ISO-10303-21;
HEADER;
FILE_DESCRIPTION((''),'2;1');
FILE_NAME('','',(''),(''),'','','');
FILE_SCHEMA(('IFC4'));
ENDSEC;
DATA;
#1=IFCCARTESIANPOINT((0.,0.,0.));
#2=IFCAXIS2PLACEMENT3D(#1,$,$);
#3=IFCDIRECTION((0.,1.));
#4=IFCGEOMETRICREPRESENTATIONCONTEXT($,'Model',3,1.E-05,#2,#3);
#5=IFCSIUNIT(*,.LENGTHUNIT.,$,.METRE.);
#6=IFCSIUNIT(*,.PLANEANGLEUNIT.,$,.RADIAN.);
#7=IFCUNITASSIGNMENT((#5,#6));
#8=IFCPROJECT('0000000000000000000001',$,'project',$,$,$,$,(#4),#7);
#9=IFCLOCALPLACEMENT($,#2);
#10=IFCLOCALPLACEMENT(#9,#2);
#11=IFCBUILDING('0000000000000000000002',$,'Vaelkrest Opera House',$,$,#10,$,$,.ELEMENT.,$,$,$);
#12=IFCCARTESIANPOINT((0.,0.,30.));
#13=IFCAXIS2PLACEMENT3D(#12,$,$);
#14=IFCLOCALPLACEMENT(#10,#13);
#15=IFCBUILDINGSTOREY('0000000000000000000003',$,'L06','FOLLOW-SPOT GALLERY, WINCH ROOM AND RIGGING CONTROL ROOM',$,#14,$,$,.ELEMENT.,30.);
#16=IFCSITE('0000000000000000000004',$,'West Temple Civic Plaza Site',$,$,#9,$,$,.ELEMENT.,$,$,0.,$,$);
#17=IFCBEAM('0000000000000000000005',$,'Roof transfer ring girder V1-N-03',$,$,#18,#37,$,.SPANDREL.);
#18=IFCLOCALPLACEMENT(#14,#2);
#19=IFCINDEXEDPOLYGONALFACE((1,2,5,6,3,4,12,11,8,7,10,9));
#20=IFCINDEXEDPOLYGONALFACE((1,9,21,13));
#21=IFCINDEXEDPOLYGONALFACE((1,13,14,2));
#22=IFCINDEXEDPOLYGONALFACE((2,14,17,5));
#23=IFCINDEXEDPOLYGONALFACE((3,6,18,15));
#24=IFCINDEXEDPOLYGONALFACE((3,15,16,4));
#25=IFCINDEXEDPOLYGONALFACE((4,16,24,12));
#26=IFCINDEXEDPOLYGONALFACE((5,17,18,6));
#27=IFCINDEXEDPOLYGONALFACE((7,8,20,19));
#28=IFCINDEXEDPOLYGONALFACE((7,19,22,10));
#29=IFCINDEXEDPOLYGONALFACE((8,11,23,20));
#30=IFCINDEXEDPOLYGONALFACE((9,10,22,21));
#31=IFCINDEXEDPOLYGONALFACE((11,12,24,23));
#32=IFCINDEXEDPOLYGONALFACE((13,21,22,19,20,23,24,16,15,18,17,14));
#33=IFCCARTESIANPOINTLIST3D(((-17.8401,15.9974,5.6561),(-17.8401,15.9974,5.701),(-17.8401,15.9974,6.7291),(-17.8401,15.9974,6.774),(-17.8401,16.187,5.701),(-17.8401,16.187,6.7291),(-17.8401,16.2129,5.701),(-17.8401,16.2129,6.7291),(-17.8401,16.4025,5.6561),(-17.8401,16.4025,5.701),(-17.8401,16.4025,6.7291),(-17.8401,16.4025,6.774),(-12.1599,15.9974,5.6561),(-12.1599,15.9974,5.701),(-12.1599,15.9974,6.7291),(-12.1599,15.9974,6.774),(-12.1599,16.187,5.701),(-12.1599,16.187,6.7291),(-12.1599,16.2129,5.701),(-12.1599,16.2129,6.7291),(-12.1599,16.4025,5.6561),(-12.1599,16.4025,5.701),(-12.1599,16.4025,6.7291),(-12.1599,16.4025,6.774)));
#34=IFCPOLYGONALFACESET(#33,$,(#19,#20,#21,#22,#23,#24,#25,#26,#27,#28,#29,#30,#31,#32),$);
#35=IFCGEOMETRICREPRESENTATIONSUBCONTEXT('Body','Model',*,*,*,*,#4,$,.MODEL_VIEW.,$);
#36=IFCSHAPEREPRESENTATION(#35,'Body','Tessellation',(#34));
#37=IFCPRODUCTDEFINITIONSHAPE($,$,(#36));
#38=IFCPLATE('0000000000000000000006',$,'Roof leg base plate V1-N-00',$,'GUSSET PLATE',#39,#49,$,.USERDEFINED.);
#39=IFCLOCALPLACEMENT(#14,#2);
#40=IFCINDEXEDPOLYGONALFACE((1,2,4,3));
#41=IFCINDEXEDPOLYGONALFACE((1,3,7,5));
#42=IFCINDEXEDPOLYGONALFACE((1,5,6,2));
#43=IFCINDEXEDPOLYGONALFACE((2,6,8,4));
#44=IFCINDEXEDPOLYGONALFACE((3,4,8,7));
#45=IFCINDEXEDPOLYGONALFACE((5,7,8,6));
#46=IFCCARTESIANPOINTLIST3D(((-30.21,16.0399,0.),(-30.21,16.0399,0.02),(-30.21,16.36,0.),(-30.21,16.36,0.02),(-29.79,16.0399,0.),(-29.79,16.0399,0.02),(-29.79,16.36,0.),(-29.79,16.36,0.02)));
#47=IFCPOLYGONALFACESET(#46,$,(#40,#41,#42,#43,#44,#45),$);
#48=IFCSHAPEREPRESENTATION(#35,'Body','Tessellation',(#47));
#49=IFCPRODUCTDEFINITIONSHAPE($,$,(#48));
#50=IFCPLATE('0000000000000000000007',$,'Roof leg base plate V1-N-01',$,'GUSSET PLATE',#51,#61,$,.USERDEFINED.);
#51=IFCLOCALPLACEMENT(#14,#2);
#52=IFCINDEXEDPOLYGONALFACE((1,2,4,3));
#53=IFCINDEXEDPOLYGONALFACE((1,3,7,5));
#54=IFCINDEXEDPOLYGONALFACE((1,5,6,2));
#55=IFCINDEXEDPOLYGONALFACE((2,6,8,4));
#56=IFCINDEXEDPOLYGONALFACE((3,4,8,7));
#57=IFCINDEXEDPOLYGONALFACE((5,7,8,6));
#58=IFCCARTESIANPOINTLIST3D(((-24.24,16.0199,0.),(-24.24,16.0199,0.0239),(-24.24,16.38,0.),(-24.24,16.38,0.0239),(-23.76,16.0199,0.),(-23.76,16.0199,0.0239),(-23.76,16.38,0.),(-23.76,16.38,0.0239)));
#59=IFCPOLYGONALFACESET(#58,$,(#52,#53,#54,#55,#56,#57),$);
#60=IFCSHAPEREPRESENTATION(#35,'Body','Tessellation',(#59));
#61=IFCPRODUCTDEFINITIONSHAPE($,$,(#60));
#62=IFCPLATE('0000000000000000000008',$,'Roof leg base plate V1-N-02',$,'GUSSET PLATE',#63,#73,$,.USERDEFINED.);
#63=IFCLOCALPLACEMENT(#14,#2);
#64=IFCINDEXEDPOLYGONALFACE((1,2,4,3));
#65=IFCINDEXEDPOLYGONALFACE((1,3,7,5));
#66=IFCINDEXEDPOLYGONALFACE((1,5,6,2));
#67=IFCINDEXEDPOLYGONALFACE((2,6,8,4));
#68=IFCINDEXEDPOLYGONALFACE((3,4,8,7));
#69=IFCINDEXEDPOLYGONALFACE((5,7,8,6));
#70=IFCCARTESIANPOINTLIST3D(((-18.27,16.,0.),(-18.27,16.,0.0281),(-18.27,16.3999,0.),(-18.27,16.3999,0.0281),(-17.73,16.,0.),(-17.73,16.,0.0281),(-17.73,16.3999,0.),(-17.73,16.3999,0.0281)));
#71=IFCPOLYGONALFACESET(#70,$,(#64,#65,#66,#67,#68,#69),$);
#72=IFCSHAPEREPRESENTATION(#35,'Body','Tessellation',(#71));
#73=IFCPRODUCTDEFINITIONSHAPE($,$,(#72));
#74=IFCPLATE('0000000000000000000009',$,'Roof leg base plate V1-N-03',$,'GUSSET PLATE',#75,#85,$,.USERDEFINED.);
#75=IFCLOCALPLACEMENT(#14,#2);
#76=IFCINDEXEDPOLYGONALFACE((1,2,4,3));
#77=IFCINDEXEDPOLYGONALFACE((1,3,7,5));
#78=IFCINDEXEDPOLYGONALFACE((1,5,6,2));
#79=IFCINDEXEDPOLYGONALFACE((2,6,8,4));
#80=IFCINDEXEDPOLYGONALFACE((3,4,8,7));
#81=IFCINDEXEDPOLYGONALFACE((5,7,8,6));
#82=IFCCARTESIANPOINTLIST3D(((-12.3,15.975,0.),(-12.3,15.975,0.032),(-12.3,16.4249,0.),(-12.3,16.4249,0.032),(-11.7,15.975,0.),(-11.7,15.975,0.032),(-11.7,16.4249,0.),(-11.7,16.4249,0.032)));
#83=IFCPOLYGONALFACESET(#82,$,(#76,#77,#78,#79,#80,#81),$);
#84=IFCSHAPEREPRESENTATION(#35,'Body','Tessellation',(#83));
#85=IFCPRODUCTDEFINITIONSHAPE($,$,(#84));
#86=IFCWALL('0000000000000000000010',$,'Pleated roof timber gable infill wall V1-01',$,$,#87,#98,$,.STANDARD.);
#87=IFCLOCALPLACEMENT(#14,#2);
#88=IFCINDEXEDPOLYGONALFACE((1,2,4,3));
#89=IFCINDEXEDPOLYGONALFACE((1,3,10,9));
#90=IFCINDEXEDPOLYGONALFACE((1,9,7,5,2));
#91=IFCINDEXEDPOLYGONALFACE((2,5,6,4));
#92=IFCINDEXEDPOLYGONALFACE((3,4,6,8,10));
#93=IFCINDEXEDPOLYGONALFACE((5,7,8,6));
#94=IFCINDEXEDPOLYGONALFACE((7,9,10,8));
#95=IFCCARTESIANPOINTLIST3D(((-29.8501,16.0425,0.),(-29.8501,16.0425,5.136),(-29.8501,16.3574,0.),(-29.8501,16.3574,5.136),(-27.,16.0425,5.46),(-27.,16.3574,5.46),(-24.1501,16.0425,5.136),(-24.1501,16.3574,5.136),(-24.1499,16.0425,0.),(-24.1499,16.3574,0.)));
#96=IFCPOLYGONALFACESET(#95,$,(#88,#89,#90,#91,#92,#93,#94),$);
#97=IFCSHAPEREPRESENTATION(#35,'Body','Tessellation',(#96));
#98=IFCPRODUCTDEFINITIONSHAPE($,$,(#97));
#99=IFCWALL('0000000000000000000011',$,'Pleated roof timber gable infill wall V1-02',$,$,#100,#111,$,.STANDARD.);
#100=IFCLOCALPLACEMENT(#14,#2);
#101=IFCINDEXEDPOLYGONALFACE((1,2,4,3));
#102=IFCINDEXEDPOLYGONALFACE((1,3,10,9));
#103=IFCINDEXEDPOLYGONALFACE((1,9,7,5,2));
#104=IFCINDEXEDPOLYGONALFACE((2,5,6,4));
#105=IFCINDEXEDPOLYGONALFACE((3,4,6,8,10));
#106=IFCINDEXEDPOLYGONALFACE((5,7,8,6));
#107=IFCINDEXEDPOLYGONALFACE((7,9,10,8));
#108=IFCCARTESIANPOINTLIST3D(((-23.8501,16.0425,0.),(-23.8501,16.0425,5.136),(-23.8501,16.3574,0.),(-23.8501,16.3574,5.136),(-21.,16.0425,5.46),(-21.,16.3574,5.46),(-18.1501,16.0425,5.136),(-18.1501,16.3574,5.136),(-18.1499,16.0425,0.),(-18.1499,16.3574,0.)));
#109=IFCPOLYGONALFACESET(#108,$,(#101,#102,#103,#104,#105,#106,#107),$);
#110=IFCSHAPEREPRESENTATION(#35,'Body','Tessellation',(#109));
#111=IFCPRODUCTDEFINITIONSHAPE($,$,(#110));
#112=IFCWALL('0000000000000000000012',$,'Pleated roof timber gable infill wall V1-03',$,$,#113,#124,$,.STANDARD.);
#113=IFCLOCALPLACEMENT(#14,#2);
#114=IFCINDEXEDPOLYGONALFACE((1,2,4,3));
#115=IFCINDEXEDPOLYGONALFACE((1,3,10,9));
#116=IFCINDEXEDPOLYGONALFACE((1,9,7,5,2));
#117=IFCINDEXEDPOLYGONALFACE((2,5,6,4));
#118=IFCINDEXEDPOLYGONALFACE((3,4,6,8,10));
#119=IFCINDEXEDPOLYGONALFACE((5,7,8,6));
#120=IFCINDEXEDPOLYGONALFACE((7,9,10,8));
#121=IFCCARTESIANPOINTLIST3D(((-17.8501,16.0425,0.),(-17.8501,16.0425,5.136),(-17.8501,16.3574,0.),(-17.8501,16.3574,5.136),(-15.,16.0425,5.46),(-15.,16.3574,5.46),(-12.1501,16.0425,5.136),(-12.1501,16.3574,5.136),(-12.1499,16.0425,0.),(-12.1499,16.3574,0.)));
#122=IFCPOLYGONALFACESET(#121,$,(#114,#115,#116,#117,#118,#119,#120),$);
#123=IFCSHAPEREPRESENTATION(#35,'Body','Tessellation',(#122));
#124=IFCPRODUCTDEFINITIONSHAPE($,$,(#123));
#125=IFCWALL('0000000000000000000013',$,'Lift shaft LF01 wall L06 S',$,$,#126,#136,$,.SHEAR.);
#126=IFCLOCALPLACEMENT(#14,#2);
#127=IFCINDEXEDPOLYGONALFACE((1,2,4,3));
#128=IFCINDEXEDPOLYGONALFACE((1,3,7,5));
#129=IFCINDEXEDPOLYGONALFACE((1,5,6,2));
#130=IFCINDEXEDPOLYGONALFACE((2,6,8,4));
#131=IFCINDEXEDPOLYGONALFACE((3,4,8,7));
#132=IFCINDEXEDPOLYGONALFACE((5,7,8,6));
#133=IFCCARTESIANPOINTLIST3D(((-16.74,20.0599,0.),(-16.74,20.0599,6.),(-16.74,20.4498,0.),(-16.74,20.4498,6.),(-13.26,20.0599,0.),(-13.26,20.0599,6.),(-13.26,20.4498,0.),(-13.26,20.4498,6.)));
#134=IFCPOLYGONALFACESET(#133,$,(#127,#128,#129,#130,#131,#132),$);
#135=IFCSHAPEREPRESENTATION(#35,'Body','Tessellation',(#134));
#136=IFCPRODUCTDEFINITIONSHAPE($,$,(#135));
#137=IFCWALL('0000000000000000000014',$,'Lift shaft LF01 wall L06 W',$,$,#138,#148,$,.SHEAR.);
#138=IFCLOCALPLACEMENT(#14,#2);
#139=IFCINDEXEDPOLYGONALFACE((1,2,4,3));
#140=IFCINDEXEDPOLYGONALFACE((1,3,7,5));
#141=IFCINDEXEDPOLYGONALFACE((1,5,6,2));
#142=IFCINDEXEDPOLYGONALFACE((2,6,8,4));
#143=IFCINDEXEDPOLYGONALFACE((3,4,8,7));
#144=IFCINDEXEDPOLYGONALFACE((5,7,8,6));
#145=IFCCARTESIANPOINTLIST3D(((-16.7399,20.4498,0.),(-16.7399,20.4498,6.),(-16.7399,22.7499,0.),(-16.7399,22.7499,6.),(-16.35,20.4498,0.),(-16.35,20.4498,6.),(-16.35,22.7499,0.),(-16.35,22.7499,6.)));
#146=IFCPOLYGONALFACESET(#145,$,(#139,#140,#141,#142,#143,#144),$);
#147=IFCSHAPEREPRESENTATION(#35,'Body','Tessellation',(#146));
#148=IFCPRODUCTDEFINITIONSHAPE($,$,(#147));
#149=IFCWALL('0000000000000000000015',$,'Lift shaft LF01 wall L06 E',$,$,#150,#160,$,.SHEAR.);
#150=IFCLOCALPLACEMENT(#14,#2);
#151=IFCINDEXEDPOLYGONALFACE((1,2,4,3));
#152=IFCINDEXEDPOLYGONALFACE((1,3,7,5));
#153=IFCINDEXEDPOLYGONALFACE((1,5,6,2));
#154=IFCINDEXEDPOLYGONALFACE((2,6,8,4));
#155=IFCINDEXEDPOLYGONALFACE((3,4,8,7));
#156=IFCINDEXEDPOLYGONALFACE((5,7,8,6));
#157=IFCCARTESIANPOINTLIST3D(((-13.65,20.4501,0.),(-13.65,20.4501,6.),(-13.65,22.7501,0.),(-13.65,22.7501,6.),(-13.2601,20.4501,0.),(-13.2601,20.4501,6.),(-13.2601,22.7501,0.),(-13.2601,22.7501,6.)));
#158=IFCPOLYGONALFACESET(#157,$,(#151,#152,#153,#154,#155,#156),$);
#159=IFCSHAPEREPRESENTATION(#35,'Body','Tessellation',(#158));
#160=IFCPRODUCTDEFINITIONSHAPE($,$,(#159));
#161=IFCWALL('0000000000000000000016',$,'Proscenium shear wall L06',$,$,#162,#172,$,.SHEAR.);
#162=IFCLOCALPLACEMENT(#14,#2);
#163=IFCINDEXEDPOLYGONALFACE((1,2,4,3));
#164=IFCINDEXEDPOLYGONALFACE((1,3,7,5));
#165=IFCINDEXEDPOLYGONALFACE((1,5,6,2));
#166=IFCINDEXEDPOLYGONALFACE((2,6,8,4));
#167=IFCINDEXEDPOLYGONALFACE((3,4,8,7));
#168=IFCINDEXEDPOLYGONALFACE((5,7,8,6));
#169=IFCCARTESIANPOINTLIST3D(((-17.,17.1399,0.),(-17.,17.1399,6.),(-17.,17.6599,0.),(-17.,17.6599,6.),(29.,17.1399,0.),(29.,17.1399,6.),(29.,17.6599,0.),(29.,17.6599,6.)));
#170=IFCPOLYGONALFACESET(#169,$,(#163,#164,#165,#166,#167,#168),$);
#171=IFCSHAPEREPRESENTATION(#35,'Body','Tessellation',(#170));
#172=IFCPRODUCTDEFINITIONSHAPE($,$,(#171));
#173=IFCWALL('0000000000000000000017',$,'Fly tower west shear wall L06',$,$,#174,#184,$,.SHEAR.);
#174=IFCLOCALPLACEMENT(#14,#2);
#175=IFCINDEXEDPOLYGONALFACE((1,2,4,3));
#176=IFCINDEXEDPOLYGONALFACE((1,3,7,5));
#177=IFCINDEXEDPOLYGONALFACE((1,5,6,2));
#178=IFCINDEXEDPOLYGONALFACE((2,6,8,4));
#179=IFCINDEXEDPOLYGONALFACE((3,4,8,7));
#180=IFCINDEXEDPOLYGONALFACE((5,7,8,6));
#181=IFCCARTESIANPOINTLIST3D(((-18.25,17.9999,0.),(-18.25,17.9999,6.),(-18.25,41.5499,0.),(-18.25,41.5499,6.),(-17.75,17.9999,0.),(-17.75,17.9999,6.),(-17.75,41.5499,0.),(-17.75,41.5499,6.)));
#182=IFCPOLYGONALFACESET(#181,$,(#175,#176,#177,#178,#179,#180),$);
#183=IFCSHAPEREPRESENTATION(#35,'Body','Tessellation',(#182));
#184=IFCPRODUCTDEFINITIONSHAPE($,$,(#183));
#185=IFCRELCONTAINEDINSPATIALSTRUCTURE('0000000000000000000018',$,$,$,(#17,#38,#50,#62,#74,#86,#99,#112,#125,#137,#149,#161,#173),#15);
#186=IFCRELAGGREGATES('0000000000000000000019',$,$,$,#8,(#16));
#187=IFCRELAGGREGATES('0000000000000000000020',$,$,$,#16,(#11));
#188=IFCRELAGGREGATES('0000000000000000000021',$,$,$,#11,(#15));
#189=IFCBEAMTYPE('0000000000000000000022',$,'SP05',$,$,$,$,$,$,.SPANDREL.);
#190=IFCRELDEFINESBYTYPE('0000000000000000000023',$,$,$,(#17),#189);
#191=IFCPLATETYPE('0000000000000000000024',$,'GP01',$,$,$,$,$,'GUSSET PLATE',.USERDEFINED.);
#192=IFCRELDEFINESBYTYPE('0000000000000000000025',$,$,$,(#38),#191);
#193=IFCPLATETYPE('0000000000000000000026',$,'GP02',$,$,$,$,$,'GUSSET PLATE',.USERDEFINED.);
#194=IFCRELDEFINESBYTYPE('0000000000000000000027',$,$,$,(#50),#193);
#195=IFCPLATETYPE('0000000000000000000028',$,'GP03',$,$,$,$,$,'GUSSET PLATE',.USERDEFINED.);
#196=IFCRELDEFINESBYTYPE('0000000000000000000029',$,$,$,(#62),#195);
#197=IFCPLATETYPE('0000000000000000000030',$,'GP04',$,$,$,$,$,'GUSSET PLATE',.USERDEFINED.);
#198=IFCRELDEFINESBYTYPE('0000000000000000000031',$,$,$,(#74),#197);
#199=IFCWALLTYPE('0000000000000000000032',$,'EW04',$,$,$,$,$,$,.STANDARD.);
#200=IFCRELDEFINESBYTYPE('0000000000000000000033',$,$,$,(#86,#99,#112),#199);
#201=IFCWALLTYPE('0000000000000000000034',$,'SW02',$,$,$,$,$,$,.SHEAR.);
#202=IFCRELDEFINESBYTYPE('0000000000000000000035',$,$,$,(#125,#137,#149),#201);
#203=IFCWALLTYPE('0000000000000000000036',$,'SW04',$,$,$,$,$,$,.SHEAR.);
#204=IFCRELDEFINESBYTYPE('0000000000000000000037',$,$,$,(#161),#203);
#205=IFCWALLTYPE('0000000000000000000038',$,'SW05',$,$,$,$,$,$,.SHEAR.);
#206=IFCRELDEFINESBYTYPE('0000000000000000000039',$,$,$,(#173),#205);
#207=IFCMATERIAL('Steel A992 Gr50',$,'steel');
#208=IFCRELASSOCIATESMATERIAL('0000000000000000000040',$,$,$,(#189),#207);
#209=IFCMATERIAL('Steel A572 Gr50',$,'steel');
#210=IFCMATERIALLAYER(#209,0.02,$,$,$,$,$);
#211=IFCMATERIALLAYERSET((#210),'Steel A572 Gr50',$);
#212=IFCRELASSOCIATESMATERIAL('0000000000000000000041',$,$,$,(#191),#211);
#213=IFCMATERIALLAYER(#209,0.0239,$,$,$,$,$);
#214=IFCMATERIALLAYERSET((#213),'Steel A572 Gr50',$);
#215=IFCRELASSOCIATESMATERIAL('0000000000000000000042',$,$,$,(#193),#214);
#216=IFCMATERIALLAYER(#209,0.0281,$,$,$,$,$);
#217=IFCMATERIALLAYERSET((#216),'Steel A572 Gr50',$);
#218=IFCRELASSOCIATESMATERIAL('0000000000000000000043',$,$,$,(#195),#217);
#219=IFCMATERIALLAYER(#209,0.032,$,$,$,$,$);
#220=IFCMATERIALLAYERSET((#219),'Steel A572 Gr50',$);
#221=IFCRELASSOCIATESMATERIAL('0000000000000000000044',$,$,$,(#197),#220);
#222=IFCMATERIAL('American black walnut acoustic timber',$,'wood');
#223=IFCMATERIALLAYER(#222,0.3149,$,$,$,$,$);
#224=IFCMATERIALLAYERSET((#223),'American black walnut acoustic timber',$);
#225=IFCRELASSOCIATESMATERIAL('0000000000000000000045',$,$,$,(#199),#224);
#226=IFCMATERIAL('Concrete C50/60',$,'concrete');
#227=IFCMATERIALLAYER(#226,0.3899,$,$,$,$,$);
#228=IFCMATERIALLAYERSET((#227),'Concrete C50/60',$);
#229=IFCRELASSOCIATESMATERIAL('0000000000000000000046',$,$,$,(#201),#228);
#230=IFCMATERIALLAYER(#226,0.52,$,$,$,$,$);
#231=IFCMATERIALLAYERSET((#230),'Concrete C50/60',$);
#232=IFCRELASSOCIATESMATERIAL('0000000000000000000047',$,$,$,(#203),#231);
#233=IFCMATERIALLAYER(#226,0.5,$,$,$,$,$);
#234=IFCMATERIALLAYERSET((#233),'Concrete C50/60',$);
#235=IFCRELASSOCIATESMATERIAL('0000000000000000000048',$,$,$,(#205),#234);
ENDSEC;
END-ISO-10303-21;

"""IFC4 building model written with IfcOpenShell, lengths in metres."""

from ifc_helpers import new_model, si_unit, direction, frame, frame_2d, origin, origin_2d, place, context, subcontext, project, spatial, polyline, rectangle, i_section, outline, extrude, material, layer, layer_set, material_profile, profile_set, type_object, element, save


model = new_model("IFC4")

# Units and contexts
model_context = context("Model", 3, precision=1e-05, world=origin(), true_north=direction((0.0, 1.0)))
body_context = subcontext(model_context, "Body", "Model", "MODEL_VIEW")
ifc_project = project(units=[si_unit("LENGTHUNIT", "METRE"), si_unit("PLANEANGLEUNIT", "RADIAN")], contexts=[model_context])

# Site, building, storey
site_placement = place(None, origin())
site = spatial("IfcSite", under=ifc_project, at=site_placement, Name="West Temple Civic Plaza Site", CompositionType="ELEMENT", RefElevation=0.0)
building_placement = place(site_placement, origin())
building = spatial("IfcBuilding", under=site, at=building_placement, Name="Vaelkrest Opera House", CompositionType="ELEMENT")
storey_placement = place(building_placement, frame((0.0, 0.0, 30.0)))
storey = spatial("IfcBuildingStorey", under=building, at=storey_placement, Name="L06", Description="FOLLOW-SPOT GALLERY, WINCH ROOM AND RIGGING CONTROL ROOM", CompositionType="ELEMENT", Elevation=30.0)

# Shared definitions
ifc_material_1 = material(Name="Concrete C50/60", Category="concrete")

# Beam
ifc_material_2 = material(Name="Steel A992 Gr50", Category="steel")
ifc_material_profile_1 = material_profile(ifc_material_2, i_section(OverallWidth=0.405, OverallDepth=1.1179, WebThickness=0.0259, FlangeThickness=0.0449, at=origin_2d()), Name="W44X335")
ifc_profile_set_1 = profile_set([ifc_material_profile_1], Name="Steel A992 Gr50")
beam_type_1 = type_object("IfcBeamType", Name="SP05", PredefinedType="SPANDREL", material=ifc_profile_set_1)
for number, where, z_axis, x_axis, name in (
    (1, (-17.8401, 16.2, 6.2151), (1.0, 0.0, 0.0), (0.0, 1.0, 0.0), "Roof transfer ring girder V1-N-03"),
):
    element("IfcBeam", number, at=place(storey_placement, frame(where, z_axis=z_axis, x_axis=x_axis)), inside=storey, type_object=beam_type_1, Name=name, PredefinedType="SPANDREL", context=body_context, shape_type="SweptSolid", body=[
        extrude(i_section(OverallWidth=0.405, OverallDepth=1.1179, WebThickness=0.0259, FlangeThickness=0.0449, at=origin_2d()), origin(), (0.0, 0.0, 1.0), 5.6802),
    ])

# Plates
ifc_material_3 = material(Name="Steel A572 Gr50", Category="steel")
ifc_layer_1 = layer(ifc_material_3, 0.02)
ifc_layer_set_1 = layer_set([ifc_layer_1], Name="Steel A572 Gr50")
plate_type_1 = type_object("IfcPlateType", Name="GP01", ElementType="GUSSET PLATE", PredefinedType="USERDEFINED", material=ifc_layer_set_1)
plate_1_placement = place(storey_placement, frame((-30.0, 16.2, 0.0), z_axis=(0.0, 0.0, 1.0), x_axis=(1.0, 0.0, 0.0)))
element("IfcPlate", 2, at=plate_1_placement, inside=storey, type_object=plate_type_1, Name="Roof leg base plate V1-N-00", ObjectType="GUSSET PLATE", PredefinedType="USERDEFINED", context=body_context, shape_type="SweptSolid", body=[
    extrude(rectangle(XDim=0.4199, YDim=0.3201, at=origin_2d()), origin(), (0.0, 0.0, 1.0), 0.02),
])
ifc_layer_2 = layer(ifc_material_3, 0.0239)
ifc_layer_set_2 = layer_set([ifc_layer_2], Name="Steel A572 Gr50")
plate_type_2 = type_object("IfcPlateType", Name="GP02", ElementType="GUSSET PLATE", PredefinedType="USERDEFINED", material=ifc_layer_set_2)
plate_2_placement = place(storey_placement, frame((-24.0, 16.2, 0.0), z_axis=(0.0, 0.0, 1.0), x_axis=(1.0, 0.0, 0.0)))
element("IfcPlate", 3, at=plate_2_placement, inside=storey, type_object=plate_type_2, Name="Roof leg base plate V1-N-01", ObjectType="GUSSET PLATE", PredefinedType="USERDEFINED", context=body_context, shape_type="SweptSolid", body=[
    extrude(rectangle(XDim=0.48, YDim=0.3601, at=origin_2d()), origin(), (0.0, 0.0, 1.0), 0.0239),
])
ifc_layer_3 = layer(ifc_material_3, 0.0281)
ifc_layer_set_3 = layer_set([ifc_layer_3], Name="Steel A572 Gr50")
plate_type_3 = type_object("IfcPlateType", Name="GP03", ElementType="GUSSET PLATE", PredefinedType="USERDEFINED", material=ifc_layer_set_3)
plate_3_placement = place(storey_placement, frame((-18.0, 16.2, 0.0), z_axis=(0.0, 0.0, 1.0), x_axis=(1.0, 0.0, 0.0)))
element("IfcPlate", 4, at=plate_3_placement, inside=storey, type_object=plate_type_3, Name="Roof leg base plate V1-N-02", ObjectType="GUSSET PLATE", PredefinedType="USERDEFINED", context=body_context, shape_type="SweptSolid", body=[
    extrude(rectangle(XDim=0.54, YDim=0.3999, at=origin_2d()), origin(), (0.0, 0.0, 1.0), 0.0281),
])
ifc_layer_4 = layer(ifc_material_3, 0.032)
ifc_layer_set_4 = layer_set([ifc_layer_4], Name="Steel A572 Gr50")
plate_type_4 = type_object("IfcPlateType", Name="GP04", ElementType="GUSSET PLATE", PredefinedType="USERDEFINED", material=ifc_layer_set_4)
plate_4_placement = place(storey_placement, frame((-12.0, 16.2, 0.0), z_axis=(0.0, 0.0, 1.0), x_axis=(1.0, 0.0, 0.0)))
element("IfcPlate", 5, at=plate_4_placement, inside=storey, type_object=plate_type_4, Name="Roof leg base plate V1-N-03", ObjectType="GUSSET PLATE", PredefinedType="USERDEFINED", context=body_context, shape_type="SweptSolid", body=[
    extrude(rectangle(XDim=0.6001, YDim=0.45, at=origin_2d()), origin(), (0.0, 0.0, 1.0), 0.032),
])

# Walls
ifc_material_4 = material(Name="American black walnut acoustic timber", Category="wood")
ifc_layer_5 = layer(ifc_material_4, 0.3149)
ifc_layer_set_5 = layer_set([ifc_layer_5], Name="American black walnut acoustic timber")
wall_type_1 = type_object("IfcWallType", Name="EW04", PredefinedType="STANDARD", material=ifc_layer_set_5)
for number, where, z_axis, x_axis, name in (
    (6, (-29.8501, 16.2, 0.0), (0.0, 0.0, 1.0), (1.0, 0.0, 0.0), "Pleated roof timber gable infill wall V1-01"),
    (7, (-23.8501, 16.2, 0.0), (0.0, 0.0, 1.0), (1.0, 0.0, 0.0), "Pleated roof timber gable infill wall V1-02"),
    (8, (-17.8501, 16.2, 0.0), (0.0, 0.0, 1.0), (1.0, 0.0, 0.0), "Pleated roof timber gable infill wall V1-03"),
):
    element("IfcWall", number, at=place(storey_placement, frame(where, z_axis=z_axis, x_axis=x_axis)), inside=storey, type_object=wall_type_1, Name=name, PredefinedType="STANDARD", context=body_context, shape_type="SweptSolid", body=[
        extrude(outline(polyline([(0.0, 0.0), (5.7002, 0.0), (5.7, 5.136), (2.8501, 5.46), (0.0, 5.136), (0.0, 0.0)])), frame((0.0, 0.1575, 0.0), z_axis=(0.0, -1.0, 0.0), x_axis=(1.0, 0.0, 0.0)), (0.0, 0.0, 1.0), 0.3149),
    ])
ifc_layer_6 = layer(ifc_material_1, 0.3899)
ifc_layer_set_6 = layer_set([ifc_layer_6], Name="Concrete C50/60")
wall_type_2 = type_object("IfcWallType", Name="SW02", PredefinedType="SHEAR", material=ifc_layer_set_6)
wall_1_placement = place(storey_placement, frame((-13.26, 20.2549, 0.0), z_axis=(0.0, 0.0, 1.0), x_axis=(-1.0, 0.0, 0.0)))
element("IfcWall", 9, at=wall_1_placement, inside=storey, type_object=wall_type_2, Name="Lift shaft LF01 wall L06 S", PredefinedType="SHEAR", context=body_context, shape_type="SweptSolid", body=[
    extrude(rectangle(XDim=3.48, YDim=0.3899, at=frame_2d((1.74, 0.0))), origin(), (0.0, 0.0, 1.0), 6.0),
])
for number, where, z_axis, x_axis, name in (
    (10, (-16.5449, 20.45, 0.0), (0.0, 0.0, 1.0), (0.0, 1.0, 0.0), "Lift shaft LF01 wall L06 W"),
    (11, (-13.4551, 22.75, 0.0), (0.0, 0.0, 1.0), (0.0, -1.0, 0.0), "Lift shaft LF01 wall L06 E"),
):
    element("IfcWall", number, at=place(storey_placement, frame(where, z_axis=z_axis, x_axis=x_axis)), inside=storey, type_object=wall_type_2, Name=name, PredefinedType="SHEAR", context=body_context, shape_type="SweptSolid", body=[
        extrude(rectangle(XDim=2.3, YDim=0.3899, at=frame_2d((1.1499, 0.0))), origin(), (0.0, 0.0, 1.0), 6.0),
    ])
ifc_layer_7 = layer(ifc_material_1, 0.52)
ifc_layer_set_7 = layer_set([ifc_layer_7], Name="Concrete C50/60")
wall_type_3 = type_object("IfcWallType", Name="SW04", PredefinedType="SHEAR", material=ifc_layer_set_7)
wall_2_placement = place(storey_placement, frame((-17.0, 17.3999, 0.0), z_axis=(0.0, 0.0, 1.0), x_axis=(1.0, 0.0, 0.0)))
element("IfcWall", 12, at=wall_2_placement, inside=storey, type_object=wall_type_3, Name="Proscenium shear wall L06", PredefinedType="SHEAR", context=body_context, shape_type="SweptSolid", body=[
    extrude(rectangle(XDim=46.0, YDim=0.52, at=frame_2d((23.0, 0.0))), origin(), (0.0, 0.0, 1.0), 6.0),
])
ifc_layer_8 = layer(ifc_material_1, 0.5)
ifc_layer_set_8 = layer_set([ifc_layer_8], Name="Concrete C50/60")
wall_type_4 = type_object("IfcWallType", Name="SW05", PredefinedType="SHEAR", material=ifc_layer_set_8)
wall_3_placement = place(storey_placement, frame((-18.0, 18.0, 0.0), z_axis=(0.0, 0.0, 1.0), x_axis=(0.0, 1.0, 0.0)))
element("IfcWall", 13, at=wall_3_placement, inside=storey, type_object=wall_type_4, Name="Fly tower west shear wall L06", PredefinedType="SHEAR", context=body_context, shape_type="SweptSolid", body=[
    extrude(rectangle(XDim=23.55, YDim=0.5, at=frame_2d((11.7749, 0.0))), origin(), (0.0, 0.0, 1.0), 6.0),
])

save(model, "model.ifc")
